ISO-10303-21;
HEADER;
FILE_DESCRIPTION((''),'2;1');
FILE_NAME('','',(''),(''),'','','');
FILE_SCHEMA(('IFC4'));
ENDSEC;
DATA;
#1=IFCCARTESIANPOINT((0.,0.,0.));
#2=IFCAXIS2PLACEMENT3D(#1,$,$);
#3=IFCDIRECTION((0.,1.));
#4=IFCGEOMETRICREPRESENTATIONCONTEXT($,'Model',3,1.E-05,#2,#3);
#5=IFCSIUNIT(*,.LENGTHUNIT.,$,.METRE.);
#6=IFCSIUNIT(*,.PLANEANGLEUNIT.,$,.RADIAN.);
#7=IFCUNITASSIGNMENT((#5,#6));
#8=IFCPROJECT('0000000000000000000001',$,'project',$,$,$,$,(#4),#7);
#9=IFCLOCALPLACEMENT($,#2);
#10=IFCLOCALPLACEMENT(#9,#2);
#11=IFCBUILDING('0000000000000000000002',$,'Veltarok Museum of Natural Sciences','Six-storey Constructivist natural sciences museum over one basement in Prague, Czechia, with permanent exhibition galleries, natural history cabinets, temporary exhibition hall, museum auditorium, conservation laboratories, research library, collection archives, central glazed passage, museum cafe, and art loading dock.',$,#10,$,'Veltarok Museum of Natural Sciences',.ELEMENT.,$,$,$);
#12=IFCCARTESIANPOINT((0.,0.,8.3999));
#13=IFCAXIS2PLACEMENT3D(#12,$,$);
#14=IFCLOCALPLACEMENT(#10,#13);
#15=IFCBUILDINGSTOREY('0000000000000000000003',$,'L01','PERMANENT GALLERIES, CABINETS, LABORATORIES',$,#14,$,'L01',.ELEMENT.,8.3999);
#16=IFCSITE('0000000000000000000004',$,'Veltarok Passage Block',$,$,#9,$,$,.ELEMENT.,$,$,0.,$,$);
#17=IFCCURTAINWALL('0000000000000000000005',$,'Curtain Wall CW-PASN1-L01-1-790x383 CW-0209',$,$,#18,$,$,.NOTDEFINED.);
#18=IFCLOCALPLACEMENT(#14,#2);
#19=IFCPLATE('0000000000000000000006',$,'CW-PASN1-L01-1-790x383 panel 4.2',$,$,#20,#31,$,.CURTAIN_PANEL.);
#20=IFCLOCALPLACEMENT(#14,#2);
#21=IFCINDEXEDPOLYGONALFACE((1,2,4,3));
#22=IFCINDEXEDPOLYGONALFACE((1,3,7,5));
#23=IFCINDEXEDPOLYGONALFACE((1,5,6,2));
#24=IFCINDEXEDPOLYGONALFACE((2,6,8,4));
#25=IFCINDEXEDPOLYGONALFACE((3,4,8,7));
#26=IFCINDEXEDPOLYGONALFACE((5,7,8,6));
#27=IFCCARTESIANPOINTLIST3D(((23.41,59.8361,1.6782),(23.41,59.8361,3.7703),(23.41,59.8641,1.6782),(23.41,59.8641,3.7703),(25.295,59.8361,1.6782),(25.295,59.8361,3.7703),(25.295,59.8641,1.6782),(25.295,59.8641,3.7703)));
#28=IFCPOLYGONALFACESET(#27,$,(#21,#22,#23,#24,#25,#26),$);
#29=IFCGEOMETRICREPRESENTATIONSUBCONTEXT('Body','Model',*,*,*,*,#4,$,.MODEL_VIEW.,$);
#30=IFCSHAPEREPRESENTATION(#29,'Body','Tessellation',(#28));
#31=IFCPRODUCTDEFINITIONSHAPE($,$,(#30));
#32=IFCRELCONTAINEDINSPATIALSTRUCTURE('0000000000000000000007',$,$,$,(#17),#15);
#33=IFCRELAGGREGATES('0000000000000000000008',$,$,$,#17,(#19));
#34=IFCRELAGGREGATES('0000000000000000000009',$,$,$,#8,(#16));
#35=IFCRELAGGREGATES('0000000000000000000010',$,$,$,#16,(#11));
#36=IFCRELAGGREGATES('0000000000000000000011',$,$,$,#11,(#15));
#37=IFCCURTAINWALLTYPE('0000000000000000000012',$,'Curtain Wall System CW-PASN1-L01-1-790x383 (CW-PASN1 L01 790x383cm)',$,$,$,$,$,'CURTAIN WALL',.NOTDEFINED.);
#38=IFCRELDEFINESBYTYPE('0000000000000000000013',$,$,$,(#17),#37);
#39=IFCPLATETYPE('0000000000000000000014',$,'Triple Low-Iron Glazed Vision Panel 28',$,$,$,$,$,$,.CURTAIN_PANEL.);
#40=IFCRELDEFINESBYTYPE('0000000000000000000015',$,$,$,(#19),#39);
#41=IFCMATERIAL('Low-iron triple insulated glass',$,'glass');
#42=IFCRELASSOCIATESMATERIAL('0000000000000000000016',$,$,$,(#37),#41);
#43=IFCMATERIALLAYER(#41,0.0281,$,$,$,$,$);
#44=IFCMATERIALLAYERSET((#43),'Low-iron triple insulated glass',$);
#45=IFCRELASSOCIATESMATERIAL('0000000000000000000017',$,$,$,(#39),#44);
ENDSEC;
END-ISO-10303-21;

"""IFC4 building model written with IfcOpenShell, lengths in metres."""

from ifc_helpers import new_model, si_unit, direction, frame, origin, origin_2d, place, context, subcontext, project, spatial, rectangle, extrude, material, layer, layer_set, type_object, element, aggregate, save


model = new_model("IFC4")

# Units and contexts
model_context = context("Model", 3, precision=1e-05, world=origin(), true_north=direction((0.0, 1.0)))
body_context = subcontext(model_context, "Body", "Model", "MODEL_VIEW")
ifc_project = project(units=[si_unit("LENGTHUNIT", "METRE"), si_unit("PLANEANGLEUNIT", "RADIAN")], contexts=[model_context])

# Site, building, storey
site_placement = place(None, origin())
site = spatial("IfcSite", under=ifc_project, at=site_placement, Name="Veltarok Passage Block", CompositionType="ELEMENT", RefElevation=0.0)
building_placement = place(site_placement, origin())
building = spatial("IfcBuilding", under=site, at=building_placement, Name="Veltarok Museum of Natural Sciences", Description="Six-storey Constructivist natural sciences museum over one basement in Prague, Czechia, with permanent exhibition galleries, natural history cabinets, temporary exhibition hall, museum auditorium, conservation laboratories, research library, collection archives, central glazed passage, museum cafe, and art loading dock.", LongName="Veltarok Museum of Natural Sciences", CompositionType="ELEMENT")
storey_placement = place(building_placement, frame((0.0, 0.0, 8.3999)))
storey = spatial("IfcBuildingStorey", under=building, at=storey_placement, Name="L01", Description="PERMANENT GALLERIES, CABINETS, LABORATORIES", LongName="L01", CompositionType="ELEMENT", Elevation=8.3999)

# Curtain wall
ifc_material_1 = material(Name="Low-iron triple insulated glass", Category="glass")
curtain_wall_type = type_object("IfcCurtainWallType", Name="Curtain Wall System CW-PASN1-L01-1-790x383 (CW-PASN1 L01 790x383cm)", ElementType="CURTAIN WALL", PredefinedType="NOTDEFINED", material=ifc_material_1)
curtain_wall_placement = place(storey_placement, origin())
curtain_wall = element("IfcCurtainWall", 1, at=curtain_wall_placement, inside=storey, type_object=curtain_wall_type, Name="Curtain Wall CW-PASN1-L01-1-790x383 CW-0209", PredefinedType="NOTDEFINED")

# Plate
ifc_layer = layer(ifc_material_1, 0.0281)
ifc_layer_set = layer_set([ifc_layer], Name="Low-iron triple insulated glass")
plate_type = type_object("IfcPlateType", Name="Triple Low-Iron Glazed Vision Panel 28", PredefinedType="CURTAIN_PANEL", material=ifc_layer_set)
plate_1_placement = place(storey_placement, frame((24.3525, 59.8501, 1.6782), z_axis=(0.0, 0.0, 1.0), x_axis=(-1.0, 0.0, 0.0)))
plate_1 = element("IfcPlate", 2, at=plate_1_placement, type_object=plate_type, Name="CW-PASN1-L01-1-790x383 panel 4.2", PredefinedType="CURTAIN_PANEL", context=body_context, shape_type="SweptSolid", body=[
    extrude(rectangle(XDim=1.885, YDim=0.0281, at=origin_2d()), origin(), (0.0, 0.0, 1.0), 2.092),
])
aggregate(curtain_wall, [plate_1])

save(model, "model.ifc")
